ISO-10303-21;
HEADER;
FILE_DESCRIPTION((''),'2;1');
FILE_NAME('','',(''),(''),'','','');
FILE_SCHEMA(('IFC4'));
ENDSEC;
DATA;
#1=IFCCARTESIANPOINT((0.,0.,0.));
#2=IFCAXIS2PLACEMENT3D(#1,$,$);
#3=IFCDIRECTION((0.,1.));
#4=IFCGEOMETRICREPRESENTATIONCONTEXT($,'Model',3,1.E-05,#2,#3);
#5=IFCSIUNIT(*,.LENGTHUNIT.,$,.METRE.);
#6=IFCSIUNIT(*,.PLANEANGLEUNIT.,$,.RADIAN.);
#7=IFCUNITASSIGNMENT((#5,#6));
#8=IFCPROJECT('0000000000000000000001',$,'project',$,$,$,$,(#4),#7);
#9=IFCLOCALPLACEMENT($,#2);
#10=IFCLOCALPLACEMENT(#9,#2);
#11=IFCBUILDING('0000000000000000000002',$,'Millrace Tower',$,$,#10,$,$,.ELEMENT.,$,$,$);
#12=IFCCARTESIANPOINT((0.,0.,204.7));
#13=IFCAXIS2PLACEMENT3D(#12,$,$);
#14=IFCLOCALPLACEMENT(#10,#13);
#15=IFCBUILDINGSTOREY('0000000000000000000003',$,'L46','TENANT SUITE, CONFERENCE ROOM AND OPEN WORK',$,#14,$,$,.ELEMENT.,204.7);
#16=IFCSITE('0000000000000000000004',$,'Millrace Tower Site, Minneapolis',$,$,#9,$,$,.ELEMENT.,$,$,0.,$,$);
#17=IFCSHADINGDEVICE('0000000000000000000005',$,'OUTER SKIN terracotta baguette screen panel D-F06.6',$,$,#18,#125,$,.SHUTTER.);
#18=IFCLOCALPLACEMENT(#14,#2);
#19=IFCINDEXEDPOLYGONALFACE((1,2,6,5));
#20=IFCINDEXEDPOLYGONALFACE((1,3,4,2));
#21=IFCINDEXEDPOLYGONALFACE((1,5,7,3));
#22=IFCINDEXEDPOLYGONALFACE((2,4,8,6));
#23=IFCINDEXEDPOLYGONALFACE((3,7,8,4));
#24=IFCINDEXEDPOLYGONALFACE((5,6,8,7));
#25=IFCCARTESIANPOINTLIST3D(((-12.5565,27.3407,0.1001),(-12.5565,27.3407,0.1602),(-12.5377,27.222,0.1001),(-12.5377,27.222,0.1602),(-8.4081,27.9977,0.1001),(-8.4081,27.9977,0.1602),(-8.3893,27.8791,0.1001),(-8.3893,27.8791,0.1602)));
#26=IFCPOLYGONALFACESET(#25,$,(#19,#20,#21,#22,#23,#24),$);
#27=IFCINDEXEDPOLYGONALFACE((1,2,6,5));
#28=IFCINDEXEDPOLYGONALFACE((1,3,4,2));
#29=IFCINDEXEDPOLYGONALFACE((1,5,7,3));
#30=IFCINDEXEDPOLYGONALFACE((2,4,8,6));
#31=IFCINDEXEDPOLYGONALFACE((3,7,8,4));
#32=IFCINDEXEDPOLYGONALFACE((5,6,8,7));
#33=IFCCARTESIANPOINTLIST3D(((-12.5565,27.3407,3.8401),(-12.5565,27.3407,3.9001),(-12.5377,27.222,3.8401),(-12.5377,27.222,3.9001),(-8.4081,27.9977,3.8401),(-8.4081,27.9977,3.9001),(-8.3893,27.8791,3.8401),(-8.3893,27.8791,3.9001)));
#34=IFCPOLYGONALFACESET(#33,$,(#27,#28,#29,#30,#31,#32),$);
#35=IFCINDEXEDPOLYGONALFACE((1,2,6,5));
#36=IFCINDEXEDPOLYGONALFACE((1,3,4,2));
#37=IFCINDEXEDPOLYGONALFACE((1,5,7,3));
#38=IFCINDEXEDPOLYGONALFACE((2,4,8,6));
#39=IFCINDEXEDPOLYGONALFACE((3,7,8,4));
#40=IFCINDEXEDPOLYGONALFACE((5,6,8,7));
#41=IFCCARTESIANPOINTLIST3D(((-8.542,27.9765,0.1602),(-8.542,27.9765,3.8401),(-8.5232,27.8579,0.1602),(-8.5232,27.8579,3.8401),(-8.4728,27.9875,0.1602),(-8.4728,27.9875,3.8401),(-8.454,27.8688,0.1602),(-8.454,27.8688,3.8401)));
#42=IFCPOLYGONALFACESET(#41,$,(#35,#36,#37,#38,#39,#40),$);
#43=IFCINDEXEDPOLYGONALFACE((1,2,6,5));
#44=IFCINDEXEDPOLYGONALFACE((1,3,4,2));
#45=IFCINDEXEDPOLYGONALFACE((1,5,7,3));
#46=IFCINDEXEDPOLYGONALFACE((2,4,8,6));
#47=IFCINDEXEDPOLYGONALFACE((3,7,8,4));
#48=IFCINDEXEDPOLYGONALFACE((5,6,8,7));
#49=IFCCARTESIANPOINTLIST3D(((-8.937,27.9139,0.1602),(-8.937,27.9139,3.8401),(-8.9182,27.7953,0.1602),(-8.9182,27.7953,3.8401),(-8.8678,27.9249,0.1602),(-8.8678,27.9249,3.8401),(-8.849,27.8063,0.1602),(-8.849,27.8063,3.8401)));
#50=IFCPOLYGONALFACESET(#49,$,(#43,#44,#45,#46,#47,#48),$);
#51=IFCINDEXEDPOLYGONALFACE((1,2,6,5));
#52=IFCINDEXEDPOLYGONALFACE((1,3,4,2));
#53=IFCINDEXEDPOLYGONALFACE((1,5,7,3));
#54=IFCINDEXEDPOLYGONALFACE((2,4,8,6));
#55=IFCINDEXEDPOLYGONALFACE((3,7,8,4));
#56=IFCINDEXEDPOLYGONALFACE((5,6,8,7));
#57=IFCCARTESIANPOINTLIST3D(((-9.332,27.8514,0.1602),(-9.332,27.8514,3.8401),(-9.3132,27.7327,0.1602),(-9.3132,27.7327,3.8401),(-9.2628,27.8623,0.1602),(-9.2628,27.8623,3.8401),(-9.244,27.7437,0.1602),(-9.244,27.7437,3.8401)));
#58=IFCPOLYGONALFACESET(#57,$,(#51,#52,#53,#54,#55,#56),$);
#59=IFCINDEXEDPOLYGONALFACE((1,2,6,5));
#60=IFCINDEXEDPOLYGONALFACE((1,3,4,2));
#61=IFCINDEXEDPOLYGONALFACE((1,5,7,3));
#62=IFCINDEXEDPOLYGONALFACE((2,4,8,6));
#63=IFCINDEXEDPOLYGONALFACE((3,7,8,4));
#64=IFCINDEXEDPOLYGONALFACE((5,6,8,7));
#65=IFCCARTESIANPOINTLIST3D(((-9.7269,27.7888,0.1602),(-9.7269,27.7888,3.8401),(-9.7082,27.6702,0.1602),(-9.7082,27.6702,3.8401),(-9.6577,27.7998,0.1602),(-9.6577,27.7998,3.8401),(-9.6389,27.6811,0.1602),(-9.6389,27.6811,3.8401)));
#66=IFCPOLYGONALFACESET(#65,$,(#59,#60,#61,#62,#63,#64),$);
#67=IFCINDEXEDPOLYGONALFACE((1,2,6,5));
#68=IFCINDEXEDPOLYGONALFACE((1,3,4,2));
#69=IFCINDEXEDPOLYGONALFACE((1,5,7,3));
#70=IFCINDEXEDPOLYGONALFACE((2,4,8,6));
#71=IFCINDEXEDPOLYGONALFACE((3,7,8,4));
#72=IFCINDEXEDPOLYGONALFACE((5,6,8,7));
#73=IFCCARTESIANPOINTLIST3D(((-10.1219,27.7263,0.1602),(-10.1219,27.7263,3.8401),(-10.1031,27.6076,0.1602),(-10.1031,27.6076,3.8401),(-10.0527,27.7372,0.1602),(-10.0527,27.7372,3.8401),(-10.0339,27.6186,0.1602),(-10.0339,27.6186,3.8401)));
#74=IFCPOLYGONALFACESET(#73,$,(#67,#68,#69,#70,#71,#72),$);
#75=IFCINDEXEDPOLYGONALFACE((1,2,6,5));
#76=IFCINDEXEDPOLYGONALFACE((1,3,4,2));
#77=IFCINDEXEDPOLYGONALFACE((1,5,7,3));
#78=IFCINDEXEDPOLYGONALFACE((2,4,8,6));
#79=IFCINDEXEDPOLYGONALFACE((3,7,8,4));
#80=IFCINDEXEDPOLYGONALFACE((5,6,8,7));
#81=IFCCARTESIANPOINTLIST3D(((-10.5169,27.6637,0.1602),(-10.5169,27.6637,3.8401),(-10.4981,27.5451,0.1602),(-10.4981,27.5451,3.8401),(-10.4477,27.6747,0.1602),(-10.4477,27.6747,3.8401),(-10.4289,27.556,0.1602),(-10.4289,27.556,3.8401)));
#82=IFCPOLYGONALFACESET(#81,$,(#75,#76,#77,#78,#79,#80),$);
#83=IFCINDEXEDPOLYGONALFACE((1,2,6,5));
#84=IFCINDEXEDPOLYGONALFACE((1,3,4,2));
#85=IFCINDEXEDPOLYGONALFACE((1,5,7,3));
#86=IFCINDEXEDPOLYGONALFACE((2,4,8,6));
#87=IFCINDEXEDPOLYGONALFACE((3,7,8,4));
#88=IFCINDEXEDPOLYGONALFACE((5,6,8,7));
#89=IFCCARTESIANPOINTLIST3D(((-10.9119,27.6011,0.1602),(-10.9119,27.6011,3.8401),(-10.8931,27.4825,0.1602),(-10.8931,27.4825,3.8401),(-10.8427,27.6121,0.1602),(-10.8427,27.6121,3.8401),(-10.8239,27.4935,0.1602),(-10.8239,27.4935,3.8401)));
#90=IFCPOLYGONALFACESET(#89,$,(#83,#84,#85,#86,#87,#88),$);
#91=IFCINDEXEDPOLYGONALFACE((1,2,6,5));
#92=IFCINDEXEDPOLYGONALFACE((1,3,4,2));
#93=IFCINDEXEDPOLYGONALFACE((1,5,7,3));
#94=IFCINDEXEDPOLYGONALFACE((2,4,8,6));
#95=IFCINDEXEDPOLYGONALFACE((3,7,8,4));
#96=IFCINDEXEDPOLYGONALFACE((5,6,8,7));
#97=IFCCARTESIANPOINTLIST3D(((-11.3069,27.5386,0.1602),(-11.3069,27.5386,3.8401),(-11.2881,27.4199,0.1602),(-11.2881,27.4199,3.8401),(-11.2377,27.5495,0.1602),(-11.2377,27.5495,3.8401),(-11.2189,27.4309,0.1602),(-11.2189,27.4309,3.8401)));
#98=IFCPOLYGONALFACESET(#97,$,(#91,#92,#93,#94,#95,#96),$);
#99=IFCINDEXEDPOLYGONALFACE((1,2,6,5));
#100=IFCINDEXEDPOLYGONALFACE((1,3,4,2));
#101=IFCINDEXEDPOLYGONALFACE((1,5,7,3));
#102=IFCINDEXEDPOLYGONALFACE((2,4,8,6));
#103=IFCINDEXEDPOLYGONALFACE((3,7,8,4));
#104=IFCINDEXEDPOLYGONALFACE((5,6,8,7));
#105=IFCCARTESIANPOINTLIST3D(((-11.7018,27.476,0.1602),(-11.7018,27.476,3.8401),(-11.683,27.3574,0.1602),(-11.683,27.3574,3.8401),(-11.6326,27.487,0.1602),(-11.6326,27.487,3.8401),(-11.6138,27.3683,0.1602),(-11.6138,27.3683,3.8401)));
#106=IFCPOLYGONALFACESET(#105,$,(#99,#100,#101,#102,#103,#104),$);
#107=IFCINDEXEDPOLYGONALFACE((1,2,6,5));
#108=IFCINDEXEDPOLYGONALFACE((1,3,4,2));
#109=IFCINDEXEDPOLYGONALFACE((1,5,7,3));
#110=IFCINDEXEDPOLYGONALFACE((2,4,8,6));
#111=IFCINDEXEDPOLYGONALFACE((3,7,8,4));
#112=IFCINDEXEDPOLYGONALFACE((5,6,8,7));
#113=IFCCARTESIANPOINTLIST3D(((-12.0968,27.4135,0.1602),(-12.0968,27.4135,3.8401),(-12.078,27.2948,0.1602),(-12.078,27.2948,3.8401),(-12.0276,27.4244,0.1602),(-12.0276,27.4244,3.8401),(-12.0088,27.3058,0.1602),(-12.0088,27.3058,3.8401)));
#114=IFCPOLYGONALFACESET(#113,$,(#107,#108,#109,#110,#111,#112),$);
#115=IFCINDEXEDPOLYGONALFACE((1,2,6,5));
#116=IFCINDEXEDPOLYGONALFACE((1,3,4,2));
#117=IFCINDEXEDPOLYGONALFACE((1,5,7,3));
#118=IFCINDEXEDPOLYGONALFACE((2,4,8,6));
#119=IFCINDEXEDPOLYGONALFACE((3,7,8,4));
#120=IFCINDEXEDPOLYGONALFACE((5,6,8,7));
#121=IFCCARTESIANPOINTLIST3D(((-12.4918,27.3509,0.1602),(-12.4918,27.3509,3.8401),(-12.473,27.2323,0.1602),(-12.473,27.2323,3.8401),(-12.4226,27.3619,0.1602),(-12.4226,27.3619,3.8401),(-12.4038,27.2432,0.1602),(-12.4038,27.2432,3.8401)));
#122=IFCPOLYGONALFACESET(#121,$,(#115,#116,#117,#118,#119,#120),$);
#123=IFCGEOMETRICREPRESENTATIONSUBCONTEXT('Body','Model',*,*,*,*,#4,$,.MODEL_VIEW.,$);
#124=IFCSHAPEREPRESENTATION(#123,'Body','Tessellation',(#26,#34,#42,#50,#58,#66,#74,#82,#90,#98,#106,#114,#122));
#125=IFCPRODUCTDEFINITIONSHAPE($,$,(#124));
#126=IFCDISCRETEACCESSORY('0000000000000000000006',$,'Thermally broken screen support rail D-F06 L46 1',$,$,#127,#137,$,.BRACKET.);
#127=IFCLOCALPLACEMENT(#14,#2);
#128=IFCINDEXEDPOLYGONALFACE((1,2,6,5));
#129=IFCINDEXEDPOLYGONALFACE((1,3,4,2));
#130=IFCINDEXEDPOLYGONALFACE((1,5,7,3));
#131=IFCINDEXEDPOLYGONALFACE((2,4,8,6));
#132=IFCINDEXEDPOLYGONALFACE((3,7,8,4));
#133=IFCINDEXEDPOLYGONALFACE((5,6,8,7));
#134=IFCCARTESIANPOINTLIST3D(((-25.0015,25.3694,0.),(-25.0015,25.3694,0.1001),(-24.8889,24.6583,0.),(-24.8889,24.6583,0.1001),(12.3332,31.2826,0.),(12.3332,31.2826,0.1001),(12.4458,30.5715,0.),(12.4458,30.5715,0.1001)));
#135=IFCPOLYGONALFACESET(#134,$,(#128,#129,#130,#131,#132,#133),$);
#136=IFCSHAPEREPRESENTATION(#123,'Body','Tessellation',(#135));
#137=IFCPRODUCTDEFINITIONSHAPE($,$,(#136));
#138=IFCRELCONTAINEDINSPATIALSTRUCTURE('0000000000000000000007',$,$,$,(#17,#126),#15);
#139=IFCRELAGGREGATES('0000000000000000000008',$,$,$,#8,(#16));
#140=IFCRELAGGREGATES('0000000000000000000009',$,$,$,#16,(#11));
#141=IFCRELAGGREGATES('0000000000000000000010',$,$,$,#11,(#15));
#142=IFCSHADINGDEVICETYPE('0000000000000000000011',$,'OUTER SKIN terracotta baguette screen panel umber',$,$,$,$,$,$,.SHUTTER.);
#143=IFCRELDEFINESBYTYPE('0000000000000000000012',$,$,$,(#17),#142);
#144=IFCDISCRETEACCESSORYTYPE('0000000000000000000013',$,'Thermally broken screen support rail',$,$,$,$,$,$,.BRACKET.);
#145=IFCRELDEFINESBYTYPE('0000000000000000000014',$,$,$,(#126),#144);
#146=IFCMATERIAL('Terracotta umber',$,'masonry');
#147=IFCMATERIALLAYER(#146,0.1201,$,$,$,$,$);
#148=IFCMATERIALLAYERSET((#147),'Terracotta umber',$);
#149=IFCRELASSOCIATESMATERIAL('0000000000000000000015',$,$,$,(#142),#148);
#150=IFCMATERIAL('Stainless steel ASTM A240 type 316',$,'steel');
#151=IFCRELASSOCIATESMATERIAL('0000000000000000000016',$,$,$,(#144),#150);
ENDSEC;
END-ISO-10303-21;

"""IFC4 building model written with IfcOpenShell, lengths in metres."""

from ifc_helpers import new_model, entity, si_unit, direction, frame, frame_2d, origin, origin_2d, place, context, subcontext, project, spatial, rectangle, extrude, source, transform, mapped, material, layer, layer_set, type_object, element, save


model = new_model("IFC4")

# Units and contexts
model_context = context("Model", 3, precision=1e-05, world=origin(), true_north=direction((0.0, 1.0)))
body_context = subcontext(model_context, "Body", "Model", "MODEL_VIEW")
ifc_project = project(units=[si_unit("LENGTHUNIT", "METRE"), si_unit("PLANEANGLEUNIT", "RADIAN")], contexts=[model_context])

# Site, building, storey
site_placement = place(None, origin())
site = spatial("IfcSite", under=ifc_project, at=site_placement, Name="Millrace Tower Site, Minneapolis", CompositionType="ELEMENT", RefElevation=0.0)
building_placement = place(site_placement, origin())
building = spatial("IfcBuilding", under=site, at=building_placement, Name="Millrace Tower", CompositionType="ELEMENT")
storey_placement = place(building_placement, frame((0.0, 0.0, 204.7)))
storey = spatial("IfcBuildingStorey", under=building, at=storey_placement, Name="L46", Description="TENANT SUITE, CONFERENCE ROOM AND OPEN WORK", CompositionType="ELEMENT", Elevation=204.7)

# Shading device
ifc_material_1 = material(Name="Terracotta umber", Category="masonry")
ifc_layer_1 = layer(ifc_material_1, 0.1201)
ifc_layer_set_1 = layer_set([ifc_layer_1], Name="Terracotta umber")
shading_device_type = type_object("IfcShadingDeviceType", Name="OUTER SKIN terracotta baguette screen panel umber", PredefinedType="SHUTTER", material=ifc_layer_set_1)
cartesian_point = entity("IfcCartesianPoint", [-2.1001, 0.0601])
shared_polyline = entity("IfcPolyline", [cartesian_point, entity("IfcCartesianPoint", [2.1001, 0.0601]), entity("IfcCartesianPoint", [2.1001, -0.0601]), entity("IfcCartesianPoint", [-2.1001, -0.0601]), cartesian_point])
shared_shape = source(origin(), body_context, "Body", "SweptSolid", [
    entity("IfcExtrudedAreaSolid", entity("IfcArbitraryClosedProfileDef", "AREA", None, shared_polyline), entity("IfcAxis2Placement3D", entity("IfcCartesianPoint", [0.0, 0.0, 0.0])), entity("IfcDirection", [0.0, 0.0, 1.0]), 0.0601),
    entity("IfcExtrudedAreaSolid", entity("IfcArbitraryClosedProfileDef", "AREA", None, shared_polyline), entity("IfcAxis2Placement3D", entity("IfcCartesianPoint", [0.0, 0.0, 3.74])), entity("IfcDirection", [0.0, 0.0, 1.0]), 0.0601),
    extrude(rectangle(XDim=0.0701, YDim=0.1201, at=frame_2d((-1.9995, 0.0))), frame((0.0, 0.0, 0.0601)), (0.0, 0.0, 1.0), 3.6799),
    extrude(rectangle(XDim=0.0701, YDim=0.1201, at=frame_2d((-1.5996, 0.0))), frame((0.0, 0.0, 0.0601)), (0.0, 0.0, 1.0), 3.6799),
    extrude(rectangle(XDim=0.0701, YDim=0.1201, at=frame_2d((-1.1997, 0.0))), frame((0.0, 0.0, 0.0601)), (0.0, 0.0, 1.0), 3.6799),
    extrude(rectangle(XDim=0.0701, YDim=0.1201, at=frame_2d((-0.7998, 0.0))), frame((0.0, 0.0, 0.0601)), (0.0, 0.0, 1.0), 3.6799),
    extrude(rectangle(XDim=0.0701, YDim=0.1201, at=frame_2d((-0.3999, 0.0))), frame((0.0, 0.0, 0.0601)), (0.0, 0.0, 1.0), 3.6799),
    extrude(rectangle(XDim=0.0701, YDim=0.1201, at=origin_2d()), frame((0.0, 0.0, 0.0601)), (0.0, 0.0, 1.0), 3.6799),
    extrude(rectangle(XDim=0.0701, YDim=0.1201, at=frame_2d((0.3999, 0.0))), frame((0.0, 0.0, 0.0601)), (0.0, 0.0, 1.0), 3.6799),
    extrude(rectangle(XDim=0.0701, YDim=0.1201, at=frame_2d((0.7998, 0.0))), frame((0.0, 0.0, 0.0601)), (0.0, 0.0, 1.0), 3.6799),
    extrude(rectangle(XDim=0.0701, YDim=0.1201, at=frame_2d((1.1997, 0.0))), frame((0.0, 0.0, 0.0601)), (0.0, 0.0, 1.0), 3.6799),
    extrude(rectangle(XDim=0.0701, YDim=0.1201, at=frame_2d((1.5996, 0.0))), frame((0.0, 0.0, 0.0601)), (0.0, 0.0, 1.0), 3.6799),
    extrude(rectangle(XDim=0.0701, YDim=0.1201, at=frame_2d((1.9995, 0.0))), frame((0.0, 0.0, 0.0601)), (0.0, 0.0, 1.0), 3.6799),
])
for number, where, z_axis, x_axis, name in (
    (1, (-10.4729, 27.6099, 0.1001), (0.0, 0.0, 1.0), (-0.987688, -0.156434, 0.0), "OUTER SKIN terracotta baguette screen panel D-F06.6"),
):
    element("IfcShadingDevice", number, at=place(storey_placement, frame(where, z_axis=z_axis, x_axis=x_axis)), inside=storey, type_object=shading_device_type, Name=name, PredefinedType="SHUTTER", context=body_context, shape_type="MappedRepresentation", body=[
        mapped(shared_shape, transform((0.0, 0.0, 0.0), scale=1.0)),
    ])

# Discrete accessory
ifc_material_2 = material(Name="Stainless steel ASTM A240 type 316", Category="steel")
discrete_accessory_type = type_object("IfcDiscreteAccessoryType", Name="Thermally broken screen support rail", PredefinedType="BRACKET", material=ifc_material_2)
discrete_accessory_placement = place(storey_placement, frame((-6.2778, 27.9705, 0.0), z_axis=(0.0, 0.0, 1.0), x_axis=(-0.987688, -0.156434, 0.0)))
element("IfcDiscreteAccessory", 2, at=discrete_accessory_placement, inside=storey, type_object=discrete_accessory_type, Name="Thermally broken screen support rail D-F06 L46 1", PredefinedType="BRACKET", context=body_context, shape_type="SweptSolid", body=[
    extrude(rectangle(XDim=37.8, YDim=0.72, at=origin_2d()), origin(), (0.0, 0.0, 1.0), 0.1001),
])

save(model, "model.ifc")
